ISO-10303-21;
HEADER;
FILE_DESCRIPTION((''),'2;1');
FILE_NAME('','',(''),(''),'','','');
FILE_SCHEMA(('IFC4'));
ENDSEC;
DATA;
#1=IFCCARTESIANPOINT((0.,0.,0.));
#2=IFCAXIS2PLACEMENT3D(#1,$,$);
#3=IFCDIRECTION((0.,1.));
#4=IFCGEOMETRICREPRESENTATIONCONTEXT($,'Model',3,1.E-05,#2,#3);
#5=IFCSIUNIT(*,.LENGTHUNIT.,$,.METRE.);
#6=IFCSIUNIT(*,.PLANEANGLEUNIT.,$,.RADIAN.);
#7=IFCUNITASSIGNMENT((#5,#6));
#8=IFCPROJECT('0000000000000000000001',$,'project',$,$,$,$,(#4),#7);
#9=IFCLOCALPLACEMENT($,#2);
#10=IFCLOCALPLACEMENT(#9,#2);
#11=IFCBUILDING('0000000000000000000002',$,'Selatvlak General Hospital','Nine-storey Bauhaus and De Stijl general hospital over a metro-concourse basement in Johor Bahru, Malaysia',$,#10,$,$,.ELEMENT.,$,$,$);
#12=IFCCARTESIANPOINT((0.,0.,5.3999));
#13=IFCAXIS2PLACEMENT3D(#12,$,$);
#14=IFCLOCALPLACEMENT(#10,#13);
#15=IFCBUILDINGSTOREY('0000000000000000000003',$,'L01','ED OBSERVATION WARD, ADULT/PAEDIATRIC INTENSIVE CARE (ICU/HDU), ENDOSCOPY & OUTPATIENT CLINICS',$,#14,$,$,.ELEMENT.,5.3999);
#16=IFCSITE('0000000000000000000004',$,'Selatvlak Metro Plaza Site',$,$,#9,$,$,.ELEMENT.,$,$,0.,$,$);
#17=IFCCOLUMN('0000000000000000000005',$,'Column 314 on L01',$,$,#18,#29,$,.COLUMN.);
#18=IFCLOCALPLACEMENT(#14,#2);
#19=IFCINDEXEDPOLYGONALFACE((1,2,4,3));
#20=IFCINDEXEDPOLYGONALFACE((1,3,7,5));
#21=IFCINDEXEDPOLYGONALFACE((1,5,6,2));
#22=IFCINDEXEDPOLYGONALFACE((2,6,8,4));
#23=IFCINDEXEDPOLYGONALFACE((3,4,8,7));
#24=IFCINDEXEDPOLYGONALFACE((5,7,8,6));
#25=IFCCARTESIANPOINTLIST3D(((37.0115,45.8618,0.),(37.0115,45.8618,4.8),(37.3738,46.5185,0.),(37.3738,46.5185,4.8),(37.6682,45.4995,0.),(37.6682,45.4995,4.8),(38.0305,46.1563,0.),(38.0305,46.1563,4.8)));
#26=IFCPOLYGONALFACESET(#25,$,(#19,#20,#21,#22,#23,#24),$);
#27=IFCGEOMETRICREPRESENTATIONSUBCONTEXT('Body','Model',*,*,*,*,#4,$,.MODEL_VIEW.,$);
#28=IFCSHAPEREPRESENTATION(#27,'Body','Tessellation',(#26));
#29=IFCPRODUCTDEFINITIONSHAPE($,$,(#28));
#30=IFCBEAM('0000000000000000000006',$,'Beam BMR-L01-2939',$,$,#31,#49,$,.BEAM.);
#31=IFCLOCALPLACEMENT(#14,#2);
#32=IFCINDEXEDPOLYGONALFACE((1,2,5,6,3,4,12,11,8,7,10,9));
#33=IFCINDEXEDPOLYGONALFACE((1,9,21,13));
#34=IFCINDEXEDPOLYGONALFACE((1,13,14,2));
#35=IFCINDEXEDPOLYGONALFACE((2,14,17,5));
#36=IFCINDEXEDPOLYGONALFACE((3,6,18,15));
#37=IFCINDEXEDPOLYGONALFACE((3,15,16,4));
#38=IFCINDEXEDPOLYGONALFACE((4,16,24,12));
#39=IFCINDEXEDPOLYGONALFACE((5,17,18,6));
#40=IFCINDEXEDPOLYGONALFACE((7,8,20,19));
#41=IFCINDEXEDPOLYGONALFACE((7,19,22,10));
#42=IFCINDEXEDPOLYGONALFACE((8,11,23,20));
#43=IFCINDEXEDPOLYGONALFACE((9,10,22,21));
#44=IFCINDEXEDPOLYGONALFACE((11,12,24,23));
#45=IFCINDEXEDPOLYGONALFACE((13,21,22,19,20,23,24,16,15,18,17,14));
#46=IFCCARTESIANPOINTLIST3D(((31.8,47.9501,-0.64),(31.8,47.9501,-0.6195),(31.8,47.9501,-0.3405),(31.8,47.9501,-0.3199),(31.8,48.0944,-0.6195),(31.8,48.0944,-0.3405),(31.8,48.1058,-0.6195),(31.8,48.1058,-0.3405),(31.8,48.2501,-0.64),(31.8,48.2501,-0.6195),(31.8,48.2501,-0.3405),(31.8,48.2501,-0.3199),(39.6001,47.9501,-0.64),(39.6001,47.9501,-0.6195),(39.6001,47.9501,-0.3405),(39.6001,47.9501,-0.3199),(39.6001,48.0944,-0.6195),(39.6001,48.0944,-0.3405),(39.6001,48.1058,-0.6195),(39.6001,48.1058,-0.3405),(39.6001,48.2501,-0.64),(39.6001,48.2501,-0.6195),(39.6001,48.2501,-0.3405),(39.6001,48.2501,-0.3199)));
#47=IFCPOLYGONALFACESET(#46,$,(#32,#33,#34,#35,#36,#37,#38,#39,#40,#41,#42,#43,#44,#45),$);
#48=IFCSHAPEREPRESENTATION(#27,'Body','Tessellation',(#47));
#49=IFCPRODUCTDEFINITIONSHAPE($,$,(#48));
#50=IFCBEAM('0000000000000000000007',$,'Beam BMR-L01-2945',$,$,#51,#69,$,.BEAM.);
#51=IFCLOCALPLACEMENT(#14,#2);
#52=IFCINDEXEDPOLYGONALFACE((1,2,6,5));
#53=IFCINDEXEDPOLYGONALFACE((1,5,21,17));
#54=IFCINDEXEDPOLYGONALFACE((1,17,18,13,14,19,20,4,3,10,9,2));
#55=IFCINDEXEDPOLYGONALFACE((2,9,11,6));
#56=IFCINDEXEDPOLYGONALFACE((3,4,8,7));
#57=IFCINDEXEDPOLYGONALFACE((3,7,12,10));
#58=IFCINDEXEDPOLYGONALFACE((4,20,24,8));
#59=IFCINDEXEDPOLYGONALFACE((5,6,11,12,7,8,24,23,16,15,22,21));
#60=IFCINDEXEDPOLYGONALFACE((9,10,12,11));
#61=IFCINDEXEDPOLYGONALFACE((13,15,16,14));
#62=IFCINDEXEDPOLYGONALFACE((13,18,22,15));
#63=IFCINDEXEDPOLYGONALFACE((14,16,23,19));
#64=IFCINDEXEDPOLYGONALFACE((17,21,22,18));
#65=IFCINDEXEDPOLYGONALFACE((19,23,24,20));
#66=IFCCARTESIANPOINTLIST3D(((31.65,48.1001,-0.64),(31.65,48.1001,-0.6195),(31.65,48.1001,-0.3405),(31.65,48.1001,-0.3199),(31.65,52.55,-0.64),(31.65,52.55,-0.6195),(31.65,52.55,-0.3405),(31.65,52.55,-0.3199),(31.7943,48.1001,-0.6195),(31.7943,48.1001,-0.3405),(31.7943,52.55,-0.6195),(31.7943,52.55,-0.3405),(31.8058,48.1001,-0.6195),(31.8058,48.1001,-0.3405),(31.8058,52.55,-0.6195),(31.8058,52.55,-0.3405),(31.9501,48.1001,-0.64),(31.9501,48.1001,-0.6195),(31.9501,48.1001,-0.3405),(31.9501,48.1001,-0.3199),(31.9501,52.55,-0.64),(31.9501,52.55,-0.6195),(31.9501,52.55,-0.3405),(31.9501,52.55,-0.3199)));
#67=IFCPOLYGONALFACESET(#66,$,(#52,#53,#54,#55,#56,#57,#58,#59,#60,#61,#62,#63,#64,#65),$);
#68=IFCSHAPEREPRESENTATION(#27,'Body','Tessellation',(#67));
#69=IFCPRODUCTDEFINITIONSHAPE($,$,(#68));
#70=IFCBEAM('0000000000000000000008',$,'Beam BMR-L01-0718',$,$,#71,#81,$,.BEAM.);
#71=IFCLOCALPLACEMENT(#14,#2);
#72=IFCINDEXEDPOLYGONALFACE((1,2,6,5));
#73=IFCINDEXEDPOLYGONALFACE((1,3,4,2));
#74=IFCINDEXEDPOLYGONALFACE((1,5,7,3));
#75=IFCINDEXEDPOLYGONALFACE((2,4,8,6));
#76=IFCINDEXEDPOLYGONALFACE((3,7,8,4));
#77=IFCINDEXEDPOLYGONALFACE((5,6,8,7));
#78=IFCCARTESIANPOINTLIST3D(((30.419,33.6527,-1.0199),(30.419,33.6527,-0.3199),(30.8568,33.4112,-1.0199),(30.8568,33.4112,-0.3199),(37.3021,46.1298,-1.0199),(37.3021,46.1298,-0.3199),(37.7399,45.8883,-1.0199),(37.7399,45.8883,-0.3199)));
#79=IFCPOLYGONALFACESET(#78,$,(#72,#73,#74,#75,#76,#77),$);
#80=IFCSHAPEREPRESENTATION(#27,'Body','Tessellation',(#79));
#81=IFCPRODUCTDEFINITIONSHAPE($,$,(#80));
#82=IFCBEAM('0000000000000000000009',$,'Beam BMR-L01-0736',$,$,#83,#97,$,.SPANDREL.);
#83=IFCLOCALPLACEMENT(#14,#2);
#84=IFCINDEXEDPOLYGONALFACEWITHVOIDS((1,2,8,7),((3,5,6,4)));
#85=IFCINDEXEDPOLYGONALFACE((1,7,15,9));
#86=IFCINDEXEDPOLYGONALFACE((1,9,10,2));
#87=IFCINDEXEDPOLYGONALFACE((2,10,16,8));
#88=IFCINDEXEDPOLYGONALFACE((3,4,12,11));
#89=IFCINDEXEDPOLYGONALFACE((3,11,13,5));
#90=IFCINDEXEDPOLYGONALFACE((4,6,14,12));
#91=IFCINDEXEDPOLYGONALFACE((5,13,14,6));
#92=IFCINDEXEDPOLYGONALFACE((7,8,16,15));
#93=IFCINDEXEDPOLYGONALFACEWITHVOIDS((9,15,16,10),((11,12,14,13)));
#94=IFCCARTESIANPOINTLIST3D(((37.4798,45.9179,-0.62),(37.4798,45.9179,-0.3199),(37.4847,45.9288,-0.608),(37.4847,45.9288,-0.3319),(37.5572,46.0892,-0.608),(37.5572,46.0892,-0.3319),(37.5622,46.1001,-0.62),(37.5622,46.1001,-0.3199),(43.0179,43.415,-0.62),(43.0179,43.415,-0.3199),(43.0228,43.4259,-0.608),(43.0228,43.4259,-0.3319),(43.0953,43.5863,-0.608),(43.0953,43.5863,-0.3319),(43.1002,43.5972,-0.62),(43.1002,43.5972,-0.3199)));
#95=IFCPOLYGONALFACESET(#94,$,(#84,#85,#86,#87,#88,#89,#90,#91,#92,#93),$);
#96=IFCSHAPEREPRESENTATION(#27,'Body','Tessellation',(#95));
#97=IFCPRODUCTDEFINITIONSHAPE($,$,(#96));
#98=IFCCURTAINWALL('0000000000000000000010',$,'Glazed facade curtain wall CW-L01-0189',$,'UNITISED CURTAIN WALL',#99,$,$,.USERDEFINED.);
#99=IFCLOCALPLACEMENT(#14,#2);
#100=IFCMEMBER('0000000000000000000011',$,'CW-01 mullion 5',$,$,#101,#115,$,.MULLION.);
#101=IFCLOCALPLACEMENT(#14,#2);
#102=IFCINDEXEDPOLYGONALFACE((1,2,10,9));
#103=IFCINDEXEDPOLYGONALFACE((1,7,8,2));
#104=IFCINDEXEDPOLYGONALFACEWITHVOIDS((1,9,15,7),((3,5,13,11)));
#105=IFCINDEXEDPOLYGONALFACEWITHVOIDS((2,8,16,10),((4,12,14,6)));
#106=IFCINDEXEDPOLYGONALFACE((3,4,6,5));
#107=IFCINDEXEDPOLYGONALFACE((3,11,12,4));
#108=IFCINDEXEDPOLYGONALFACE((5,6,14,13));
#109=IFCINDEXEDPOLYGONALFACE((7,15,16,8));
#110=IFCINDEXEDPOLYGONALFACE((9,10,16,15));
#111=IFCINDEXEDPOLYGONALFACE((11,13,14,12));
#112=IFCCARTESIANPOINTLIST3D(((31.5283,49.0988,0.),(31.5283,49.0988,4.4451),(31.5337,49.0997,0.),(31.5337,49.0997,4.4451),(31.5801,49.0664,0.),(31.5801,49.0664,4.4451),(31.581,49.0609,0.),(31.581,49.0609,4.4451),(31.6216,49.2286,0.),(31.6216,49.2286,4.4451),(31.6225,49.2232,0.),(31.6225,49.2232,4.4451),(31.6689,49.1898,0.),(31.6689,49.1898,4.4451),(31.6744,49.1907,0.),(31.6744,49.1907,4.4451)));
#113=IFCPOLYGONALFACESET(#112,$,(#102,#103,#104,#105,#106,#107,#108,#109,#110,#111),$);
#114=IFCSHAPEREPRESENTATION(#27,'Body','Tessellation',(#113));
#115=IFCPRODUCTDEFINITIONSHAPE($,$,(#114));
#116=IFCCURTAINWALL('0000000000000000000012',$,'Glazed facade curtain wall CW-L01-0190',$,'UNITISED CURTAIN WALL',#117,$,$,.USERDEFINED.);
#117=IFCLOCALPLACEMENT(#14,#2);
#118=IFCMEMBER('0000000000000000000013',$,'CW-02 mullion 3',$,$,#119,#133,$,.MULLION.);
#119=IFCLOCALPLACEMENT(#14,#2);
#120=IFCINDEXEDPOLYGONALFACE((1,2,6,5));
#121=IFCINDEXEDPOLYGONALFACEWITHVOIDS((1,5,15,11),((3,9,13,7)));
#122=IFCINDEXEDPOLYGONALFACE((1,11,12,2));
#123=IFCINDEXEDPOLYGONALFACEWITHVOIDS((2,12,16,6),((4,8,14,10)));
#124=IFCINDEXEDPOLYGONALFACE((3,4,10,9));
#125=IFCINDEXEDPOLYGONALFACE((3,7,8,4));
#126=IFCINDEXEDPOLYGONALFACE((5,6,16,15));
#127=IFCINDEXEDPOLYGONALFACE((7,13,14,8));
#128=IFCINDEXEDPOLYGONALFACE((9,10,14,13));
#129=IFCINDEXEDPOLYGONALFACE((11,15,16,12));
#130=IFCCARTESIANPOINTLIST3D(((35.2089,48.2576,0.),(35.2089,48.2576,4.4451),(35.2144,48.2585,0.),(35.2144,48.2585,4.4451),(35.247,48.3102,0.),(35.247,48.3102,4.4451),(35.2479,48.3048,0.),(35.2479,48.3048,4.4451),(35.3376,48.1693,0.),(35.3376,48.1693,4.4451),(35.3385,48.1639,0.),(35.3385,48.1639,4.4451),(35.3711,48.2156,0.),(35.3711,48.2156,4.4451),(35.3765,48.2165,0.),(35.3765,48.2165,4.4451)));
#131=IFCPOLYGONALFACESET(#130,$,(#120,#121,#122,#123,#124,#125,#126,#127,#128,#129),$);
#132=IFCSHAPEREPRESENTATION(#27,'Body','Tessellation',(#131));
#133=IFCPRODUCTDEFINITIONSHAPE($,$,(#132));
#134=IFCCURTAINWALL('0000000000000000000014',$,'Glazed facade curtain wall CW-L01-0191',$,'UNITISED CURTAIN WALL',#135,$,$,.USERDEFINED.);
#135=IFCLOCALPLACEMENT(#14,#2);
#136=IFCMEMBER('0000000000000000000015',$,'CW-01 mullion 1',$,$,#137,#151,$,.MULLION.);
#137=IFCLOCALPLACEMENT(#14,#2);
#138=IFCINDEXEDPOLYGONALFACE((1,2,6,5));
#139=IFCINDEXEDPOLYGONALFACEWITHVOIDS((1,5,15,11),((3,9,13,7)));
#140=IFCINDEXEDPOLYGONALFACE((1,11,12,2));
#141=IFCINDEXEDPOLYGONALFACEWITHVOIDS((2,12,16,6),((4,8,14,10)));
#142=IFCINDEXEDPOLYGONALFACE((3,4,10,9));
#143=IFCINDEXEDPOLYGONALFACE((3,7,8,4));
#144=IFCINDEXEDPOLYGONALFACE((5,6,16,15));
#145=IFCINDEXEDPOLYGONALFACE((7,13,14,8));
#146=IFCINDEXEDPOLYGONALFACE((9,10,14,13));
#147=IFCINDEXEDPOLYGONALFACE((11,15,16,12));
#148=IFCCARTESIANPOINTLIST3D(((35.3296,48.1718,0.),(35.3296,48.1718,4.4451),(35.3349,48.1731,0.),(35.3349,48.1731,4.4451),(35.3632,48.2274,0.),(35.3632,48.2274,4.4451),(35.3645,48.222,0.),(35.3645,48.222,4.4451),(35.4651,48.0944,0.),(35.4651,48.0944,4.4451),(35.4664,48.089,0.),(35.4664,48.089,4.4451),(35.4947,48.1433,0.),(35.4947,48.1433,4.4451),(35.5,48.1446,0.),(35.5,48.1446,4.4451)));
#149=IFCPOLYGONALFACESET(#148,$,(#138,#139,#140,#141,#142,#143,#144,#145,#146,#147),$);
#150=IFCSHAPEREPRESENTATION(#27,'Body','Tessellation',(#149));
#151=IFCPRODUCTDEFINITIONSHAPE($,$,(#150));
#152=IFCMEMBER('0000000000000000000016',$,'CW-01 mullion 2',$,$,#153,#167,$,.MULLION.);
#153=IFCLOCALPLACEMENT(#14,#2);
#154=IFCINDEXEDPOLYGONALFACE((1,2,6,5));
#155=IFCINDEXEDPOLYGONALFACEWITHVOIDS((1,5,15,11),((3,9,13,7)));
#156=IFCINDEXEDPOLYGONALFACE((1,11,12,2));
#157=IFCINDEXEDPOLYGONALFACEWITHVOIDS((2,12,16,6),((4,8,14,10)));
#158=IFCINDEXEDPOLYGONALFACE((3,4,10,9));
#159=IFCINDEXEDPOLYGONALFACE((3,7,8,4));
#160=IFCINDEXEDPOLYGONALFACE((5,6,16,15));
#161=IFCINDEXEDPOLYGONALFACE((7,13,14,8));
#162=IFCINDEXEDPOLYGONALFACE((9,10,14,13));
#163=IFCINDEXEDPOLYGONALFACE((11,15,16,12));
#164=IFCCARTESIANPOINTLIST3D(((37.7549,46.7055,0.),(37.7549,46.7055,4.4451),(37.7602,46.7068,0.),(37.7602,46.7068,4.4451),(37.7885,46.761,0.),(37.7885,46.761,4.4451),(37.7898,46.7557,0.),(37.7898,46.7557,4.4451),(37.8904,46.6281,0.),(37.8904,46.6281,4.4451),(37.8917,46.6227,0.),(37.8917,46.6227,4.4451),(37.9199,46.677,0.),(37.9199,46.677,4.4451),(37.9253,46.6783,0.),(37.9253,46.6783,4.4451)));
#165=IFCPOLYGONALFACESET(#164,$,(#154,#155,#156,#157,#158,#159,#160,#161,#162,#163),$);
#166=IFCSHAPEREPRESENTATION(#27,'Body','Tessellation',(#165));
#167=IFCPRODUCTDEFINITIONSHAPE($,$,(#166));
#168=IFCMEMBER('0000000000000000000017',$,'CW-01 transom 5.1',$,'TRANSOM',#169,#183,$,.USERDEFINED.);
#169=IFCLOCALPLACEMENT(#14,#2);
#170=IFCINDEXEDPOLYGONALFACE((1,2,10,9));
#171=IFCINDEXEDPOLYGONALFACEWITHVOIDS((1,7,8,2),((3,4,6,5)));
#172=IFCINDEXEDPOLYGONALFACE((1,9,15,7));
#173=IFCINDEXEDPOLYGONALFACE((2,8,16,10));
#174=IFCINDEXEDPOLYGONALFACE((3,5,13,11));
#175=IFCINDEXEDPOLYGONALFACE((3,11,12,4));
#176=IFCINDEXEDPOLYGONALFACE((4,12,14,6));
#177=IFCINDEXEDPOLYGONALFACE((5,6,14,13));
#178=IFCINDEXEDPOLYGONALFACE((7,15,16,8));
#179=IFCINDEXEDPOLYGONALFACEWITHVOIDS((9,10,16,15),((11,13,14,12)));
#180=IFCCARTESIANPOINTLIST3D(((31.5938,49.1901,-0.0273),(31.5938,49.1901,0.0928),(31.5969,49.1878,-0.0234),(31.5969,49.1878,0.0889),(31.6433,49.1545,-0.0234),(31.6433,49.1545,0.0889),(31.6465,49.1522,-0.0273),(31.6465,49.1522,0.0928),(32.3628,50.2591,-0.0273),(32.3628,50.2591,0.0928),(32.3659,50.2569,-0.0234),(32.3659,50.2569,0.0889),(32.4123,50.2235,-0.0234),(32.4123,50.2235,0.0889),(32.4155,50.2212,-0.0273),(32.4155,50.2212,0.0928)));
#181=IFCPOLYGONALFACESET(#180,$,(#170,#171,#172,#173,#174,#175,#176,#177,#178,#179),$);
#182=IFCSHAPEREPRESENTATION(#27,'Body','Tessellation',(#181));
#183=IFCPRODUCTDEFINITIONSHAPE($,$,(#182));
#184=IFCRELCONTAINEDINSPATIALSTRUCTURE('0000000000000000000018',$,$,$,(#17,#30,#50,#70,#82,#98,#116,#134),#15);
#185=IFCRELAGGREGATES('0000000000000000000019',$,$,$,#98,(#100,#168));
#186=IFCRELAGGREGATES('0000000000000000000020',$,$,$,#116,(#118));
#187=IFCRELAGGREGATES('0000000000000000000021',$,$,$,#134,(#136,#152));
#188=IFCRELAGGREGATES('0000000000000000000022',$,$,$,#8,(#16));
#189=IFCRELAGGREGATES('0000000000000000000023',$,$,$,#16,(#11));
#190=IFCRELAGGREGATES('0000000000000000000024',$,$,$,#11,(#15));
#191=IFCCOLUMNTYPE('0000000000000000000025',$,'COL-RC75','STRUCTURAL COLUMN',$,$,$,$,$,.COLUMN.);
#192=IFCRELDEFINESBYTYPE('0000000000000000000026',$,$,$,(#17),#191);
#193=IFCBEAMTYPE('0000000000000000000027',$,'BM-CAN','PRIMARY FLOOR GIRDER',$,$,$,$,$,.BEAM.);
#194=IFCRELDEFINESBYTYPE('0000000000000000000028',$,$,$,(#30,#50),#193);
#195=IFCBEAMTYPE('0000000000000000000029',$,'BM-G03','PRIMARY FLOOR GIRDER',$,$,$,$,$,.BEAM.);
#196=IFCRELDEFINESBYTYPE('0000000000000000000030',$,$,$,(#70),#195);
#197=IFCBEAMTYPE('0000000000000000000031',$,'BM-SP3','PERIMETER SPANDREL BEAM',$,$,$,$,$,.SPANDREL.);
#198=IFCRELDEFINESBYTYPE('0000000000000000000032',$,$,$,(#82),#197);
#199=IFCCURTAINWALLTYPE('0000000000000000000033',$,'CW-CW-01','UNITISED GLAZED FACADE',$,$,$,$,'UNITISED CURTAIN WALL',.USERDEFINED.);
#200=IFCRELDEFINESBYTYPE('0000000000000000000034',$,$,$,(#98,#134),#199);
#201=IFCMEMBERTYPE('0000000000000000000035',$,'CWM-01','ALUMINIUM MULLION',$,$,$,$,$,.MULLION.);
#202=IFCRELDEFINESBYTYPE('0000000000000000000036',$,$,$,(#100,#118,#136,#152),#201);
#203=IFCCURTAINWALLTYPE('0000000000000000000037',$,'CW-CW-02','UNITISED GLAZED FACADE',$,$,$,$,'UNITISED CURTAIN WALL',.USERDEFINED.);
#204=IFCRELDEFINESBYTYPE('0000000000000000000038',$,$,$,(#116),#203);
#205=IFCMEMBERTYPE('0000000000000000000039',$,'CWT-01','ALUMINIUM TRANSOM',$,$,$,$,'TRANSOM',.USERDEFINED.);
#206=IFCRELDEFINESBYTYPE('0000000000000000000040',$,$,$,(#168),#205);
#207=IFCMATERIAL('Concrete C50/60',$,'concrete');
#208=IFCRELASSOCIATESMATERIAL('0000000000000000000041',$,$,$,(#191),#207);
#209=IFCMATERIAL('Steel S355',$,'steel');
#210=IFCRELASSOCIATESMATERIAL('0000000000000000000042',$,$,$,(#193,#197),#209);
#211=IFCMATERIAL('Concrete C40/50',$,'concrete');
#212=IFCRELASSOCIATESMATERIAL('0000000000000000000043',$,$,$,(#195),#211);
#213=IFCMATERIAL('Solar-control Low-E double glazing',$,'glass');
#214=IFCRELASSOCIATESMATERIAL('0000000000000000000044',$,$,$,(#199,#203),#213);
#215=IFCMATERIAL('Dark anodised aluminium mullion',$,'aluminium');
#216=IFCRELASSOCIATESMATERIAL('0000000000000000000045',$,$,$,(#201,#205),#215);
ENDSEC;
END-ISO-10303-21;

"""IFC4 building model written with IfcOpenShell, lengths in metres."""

from ifc_helpers import new_model, si_unit, direction, frame, origin, origin_2d, place, context, subcontext, project, spatial, rectangle, hollow_rectangle, i_section, extrude, material, material_profile, profile_set, type_object, element, aggregate, save


model = new_model("IFC4")

# Units and contexts
model_context = context("Model", 3, precision=1e-05, world=origin(), true_north=direction((0.0, 1.0)))
body_context = subcontext(model_context, "Body", "Model", "MODEL_VIEW")
ifc_project = project(units=[si_unit("LENGTHUNIT", "METRE"), si_unit("PLANEANGLEUNIT", "RADIAN")], contexts=[model_context])

# Site, building, storey
site_placement = place(None, origin())
site = spatial("IfcSite", under=ifc_project, at=site_placement, Name="Selatvlak Metro Plaza Site", CompositionType="ELEMENT", RefElevation=0.0)
building_placement = place(site_placement, origin())
building = spatial("IfcBuilding", under=site, at=building_placement, Name="Selatvlak General Hospital", Description="Nine-storey Bauhaus and De Stijl general hospital over a metro-concourse basement in Johor Bahru, Malaysia", CompositionType="ELEMENT")
storey_placement = place(building_placement, frame((0.0, 0.0, 5.3999)))
storey = spatial("IfcBuildingStorey", under=building, at=storey_placement, Name="L01", Description="ED OBSERVATION WARD, ADULT/PAEDIATRIC INTENSIVE CARE (ICU/HDU), ENDOSCOPY & OUTPATIENT CLINICS", CompositionType="ELEMENT", Elevation=5.3999)

# Column
ifc_material_1 = material(Name="Concrete C50/60", Category="concrete")
ifc_material_profile_1 = material_profile(ifc_material_1, rectangle(XDim=0.75, YDim=0.75, at=origin_2d()), Name="RC-COL 750x750")
ifc_profile_set_1 = profile_set([ifc_material_profile_1], Name="Concrete C50/60")
column_type = type_object("IfcColumnType", Name="COL-RC75", Description="STRUCTURAL COLUMN", PredefinedType="COLUMN", material=ifc_profile_set_1)
column_placement = place(storey_placement, frame((37.521, 46.009, 0.0), z_axis=(0.0, 0.0, 1.0), x_axis=(0.483007, 0.875616, 0.0)))
element("IfcColumn", 1, at=column_placement, inside=storey, type_object=column_type, Name="Column 314 on L01", PredefinedType="COLUMN", context=body_context, shape_type="SweptSolid", body=[
    extrude(rectangle(XDim=0.75, YDim=0.75, at=origin_2d()), origin(), (0.0, 0.0, 1.0), 4.8),
])

# Beams
ifc_material_2 = material(Name="Steel S355", Category="steel")
ifc_material_profile_2 = material_profile(ifc_material_2, i_section(OverallWidth=0.3, OverallDepth=0.3201, WebThickness=0.0115, FlangeThickness=0.0205, at=origin_2d()), Name="HEB 320")
ifc_profile_set_2 = profile_set([ifc_material_profile_2], Name="Steel S355")
beam_type_1 = type_object("IfcBeamType", Name="BM-CAN", Description="PRIMARY FLOOR GIRDER", PredefinedType="BEAM", material=ifc_profile_set_2)
beam_1_placement = place(storey_placement, frame((31.8, 48.1001, -0.48), z_axis=(1.0, 0.0, 0.0), x_axis=(0.0, 1.0, 0.0)))
element("IfcBeam", 2, at=beam_1_placement, inside=storey, type_object=beam_type_1, Name="Beam BMR-L01-2939", PredefinedType="BEAM", context=body_context, shape_type="SweptSolid", body=[
    extrude(i_section(OverallWidth=0.3, OverallDepth=0.3201, WebThickness=0.0115, FlangeThickness=0.0205, at=origin_2d()), origin(), (0.0, 0.0, 1.0), 7.8),
])
beam_2_placement = place(storey_placement, frame((31.8, 48.1001, -0.48), z_axis=(0.0, 1.0, 0.0), x_axis=(-1.0, 0.0, 0.0)))
element("IfcBeam", 3, at=beam_2_placement, inside=storey, type_object=beam_type_1, Name="Beam BMR-L01-2945", PredefinedType="BEAM", context=body_context, shape_type="SweptSolid", body=[
    extrude(i_section(OverallWidth=0.3, OverallDepth=0.3201, WebThickness=0.0115, FlangeThickness=0.0205, at=origin_2d()), origin(), (0.0, 0.0, 1.0), 4.45),
])
ifc_material_3 = material(Name="Concrete C40/50", Category="concrete")
ifc_material_profile_3 = material_profile(ifc_material_3, rectangle(XDim=0.5, YDim=0.7, at=origin_2d()), Name="RC-BM 500x700")
ifc_profile_set_3 = profile_set([ifc_material_profile_3], Name="Concrete C40/50")
beam_type_2 = type_object("IfcBeamType", Name="BM-G03", Description="PRIMARY FLOOR GIRDER", PredefinedType="BEAM", material=ifc_profile_set_3)
beam_3_placement = place(storey_placement, frame((37.521, 46.009, -0.6699), z_axis=(-0.483033, -0.875602, 0.0), x_axis=(0.875602, -0.483033, 0.0)))
element("IfcBeam", 4, at=beam_3_placement, inside=storey, type_object=beam_type_2, Name="Beam BMR-L01-0718", PredefinedType="BEAM", context=body_context, shape_type="SweptSolid", body=[
    extrude(rectangle(XDim=0.5, YDim=0.7, at=origin_2d()), origin(), (0.0, 0.0, 1.0), 14.2498),
])
ifc_material_profile_4 = material_profile(ifc_material_2, hollow_rectangle(XDim=0.2, YDim=0.3, WallThickness=0.012, at=origin_2d()), Name="RHS 300x200x12")
ifc_profile_set_4 = profile_set([ifc_material_profile_4], Name="Steel S355")
beam_type_3 = type_object("IfcBeamType", Name="BM-SP3", Description="PERIMETER SPANDREL BEAM", PredefinedType="SPANDREL", material=ifc_profile_set_4)
beam_4_placement = place(storey_placement, frame((37.521, 46.009, -0.47), z_axis=(0.911256, -0.411841, 0.0), x_axis=(0.411841, 0.911256, 0.0)))
element("IfcBeam", 5, at=beam_4_placement, inside=storey, type_object=beam_type_3, Name="Beam BMR-L01-0736", PredefinedType="SPANDREL", context=body_context, shape_type="SweptSolid", body=[
    extrude(hollow_rectangle(XDim=0.2, YDim=0.3, WallThickness=0.012, at=origin_2d()), origin(), (0.0, 0.0, 1.0), 6.0774),
])

# Curtain walls, members
ifc_material_4 = material(Name="Solar-control Low-E double glazing", Category="glass")
curtain_wall_type_1 = type_object("IfcCurtainWallType", Name="CW-CW-01", Description="UNITISED GLAZED FACADE", ElementType="UNITISED CURTAIN WALL", PredefinedType="USERDEFINED", material=ifc_material_4)
curtain_wall_1_placement = place(storey_placement, origin())
curtain_wall_1 = element("IfcCurtainWall", 6, at=curtain_wall_1_placement, inside=storey, type_object=curtain_wall_type_1, Name="Glazed facade curtain wall CW-L01-0189", ObjectType="UNITISED CURTAIN WALL", PredefinedType="USERDEFINED")
ifc_material_5 = material(Name="Dark anodised aluminium mullion", Category="aluminium")
ifc_material_profile_5 = material_profile(ifc_material_5, hollow_rectangle(XDim=0.0649, YDim=0.1599, WallThickness=0.0039, at=origin_2d()), Name="AL-MUL 65x160x4")
ifc_profile_set_5 = profile_set([ifc_material_profile_5], Name="Dark anodised aluminium mullion")
member_type_1 = type_object("IfcMemberType", Name="CWM-01", Description="ALUMINIUM MULLION", PredefinedType="MULLION", material=ifc_profile_set_5)
member_1_placement = place(storey_placement, frame((31.6013, 49.1448, 0.0), z_axis=(0.0, 0.0, 1.0), x_axis=(-0.811837, 0.583884, 0.0)))
member_1 = element("IfcMember", 7, at=member_1_placement, type_object=member_type_1, Name="CW-01 mullion 5", PredefinedType="MULLION", context=body_context, shape_type="SweptSolid", body=[
    extrude(hollow_rectangle(XDim=0.0649, YDim=0.1599, WallThickness=0.0039, at=origin_2d()), origin(), (0.0, 0.0, 1.0), 4.4451),
])
curtain_wall_type_2 = type_object("IfcCurtainWallType", Name="CW-CW-02", Description="UNITISED GLAZED FACADE", ElementType="UNITISED CURTAIN WALL", PredefinedType="USERDEFINED", material=ifc_material_4)
curtain_wall_2_placement = place(storey_placement, origin())
curtain_wall_2 = element("IfcCurtainWall", 8, at=curtain_wall_2_placement, inside=storey, type_object=curtain_wall_type_2, Name="Glazed facade curtain wall CW-L01-0190", ObjectType="UNITISED CURTAIN WALL", PredefinedType="USERDEFINED")
member_2_placement = place(storey_placement, frame((35.2927, 48.2371, 0.0), z_axis=(0.0, 0.0, 1.0), x_axis=(0.586316, 0.810083, 0.0)))
member_2 = element("IfcMember", 9, at=member_2_placement, type_object=member_type_1, Name="CW-02 mullion 3", PredefinedType="MULLION", context=body_context, shape_type="SweptSolid", body=[
    extrude(hollow_rectangle(XDim=0.0649, YDim=0.1599, WallThickness=0.0039, at=origin_2d()), origin(), (0.0, 0.0, 1.0), 4.4451),
])

# Curtain wall, members
curtain_wall_3_placement = place(storey_placement, origin())
curtain_wall_3 = element("IfcCurtainWall", 10, at=curtain_wall_3_placement, inside=storey, type_object=curtain_wall_type_1, Name="Glazed facade curtain wall CW-L01-0191", ObjectType="UNITISED CURTAIN WALL", PredefinedType="USERDEFINED")
member_3_placement = place(storey_placement, frame((35.4148, 48.1582, 0.0), z_axis=(0.0, 0.0, 1.0), x_axis=(0.517384, 0.855753, 0.0)))
member_3 = element("IfcMember", 11, at=member_3_placement, type_object=member_type_1, Name="CW-01 mullion 1", PredefinedType="MULLION", context=body_context, shape_type="SweptSolid", body=[
    extrude(hollow_rectangle(XDim=0.0649, YDim=0.1599, WallThickness=0.0039, at=origin_2d()), origin(), (0.0, 0.0, 1.0), 4.4451),
])
member_4_placement = place(storey_placement, frame((37.8401, 46.6919, 0.0), z_axis=(0.0, 0.0, 1.0), x_axis=(0.517384, 0.855753, 0.0)))
member_4 = element("IfcMember", 12, at=member_4_placement, type_object=member_type_1, Name="CW-01 mullion 2", PredefinedType="MULLION", context=body_context, shape_type="SweptSolid", body=[
    extrude(hollow_rectangle(XDim=0.0649, YDim=0.1599, WallThickness=0.0039, at=origin_2d()), origin(), (0.0, 0.0, 1.0), 4.4451),
])

# Member
ifc_material_profile_6 = material_profile(ifc_material_5, hollow_rectangle(XDim=0.0649, YDim=0.1201, WallThickness=0.0039, at=origin_2d()), Name="AL-TRN 65x120x4")
ifc_profile_set_6 = profile_set([ifc_material_profile_6], Name="Dark anodised aluminium mullion")
member_type_2 = type_object("IfcMemberType", Name="CWT-01", Description="ALUMINIUM TRANSOM", ElementType="TRANSOM", PredefinedType="USERDEFINED", material=ifc_profile_set_6)
member_5_placement = place(storey_placement, frame((31.6201, 49.1711, 0.0327), z_axis=(0.583953, 0.811787, 0.0), x_axis=(-0.811787, 0.583953, 0.0)))
member_5 = element("IfcMember", 13, at=member_5_placement, type_object=member_type_2, Name="CW-01 transom 5.1", ObjectType="TRANSOM", PredefinedType="USERDEFINED", context=body_context, shape_type="SweptSolid", body=[
    extrude(hollow_rectangle(XDim=0.0649, YDim=0.1201, WallThickness=0.0039, at=origin_2d()), origin(), (0.0, 0.0, 1.0), 1.3169),
])

aggregate(curtain_wall_1, [member_1, member_5])
aggregate(curtain_wall_2, [member_2])
aggregate(curtain_wall_3, [member_3, member_4])

save(model, "model.ifc")
